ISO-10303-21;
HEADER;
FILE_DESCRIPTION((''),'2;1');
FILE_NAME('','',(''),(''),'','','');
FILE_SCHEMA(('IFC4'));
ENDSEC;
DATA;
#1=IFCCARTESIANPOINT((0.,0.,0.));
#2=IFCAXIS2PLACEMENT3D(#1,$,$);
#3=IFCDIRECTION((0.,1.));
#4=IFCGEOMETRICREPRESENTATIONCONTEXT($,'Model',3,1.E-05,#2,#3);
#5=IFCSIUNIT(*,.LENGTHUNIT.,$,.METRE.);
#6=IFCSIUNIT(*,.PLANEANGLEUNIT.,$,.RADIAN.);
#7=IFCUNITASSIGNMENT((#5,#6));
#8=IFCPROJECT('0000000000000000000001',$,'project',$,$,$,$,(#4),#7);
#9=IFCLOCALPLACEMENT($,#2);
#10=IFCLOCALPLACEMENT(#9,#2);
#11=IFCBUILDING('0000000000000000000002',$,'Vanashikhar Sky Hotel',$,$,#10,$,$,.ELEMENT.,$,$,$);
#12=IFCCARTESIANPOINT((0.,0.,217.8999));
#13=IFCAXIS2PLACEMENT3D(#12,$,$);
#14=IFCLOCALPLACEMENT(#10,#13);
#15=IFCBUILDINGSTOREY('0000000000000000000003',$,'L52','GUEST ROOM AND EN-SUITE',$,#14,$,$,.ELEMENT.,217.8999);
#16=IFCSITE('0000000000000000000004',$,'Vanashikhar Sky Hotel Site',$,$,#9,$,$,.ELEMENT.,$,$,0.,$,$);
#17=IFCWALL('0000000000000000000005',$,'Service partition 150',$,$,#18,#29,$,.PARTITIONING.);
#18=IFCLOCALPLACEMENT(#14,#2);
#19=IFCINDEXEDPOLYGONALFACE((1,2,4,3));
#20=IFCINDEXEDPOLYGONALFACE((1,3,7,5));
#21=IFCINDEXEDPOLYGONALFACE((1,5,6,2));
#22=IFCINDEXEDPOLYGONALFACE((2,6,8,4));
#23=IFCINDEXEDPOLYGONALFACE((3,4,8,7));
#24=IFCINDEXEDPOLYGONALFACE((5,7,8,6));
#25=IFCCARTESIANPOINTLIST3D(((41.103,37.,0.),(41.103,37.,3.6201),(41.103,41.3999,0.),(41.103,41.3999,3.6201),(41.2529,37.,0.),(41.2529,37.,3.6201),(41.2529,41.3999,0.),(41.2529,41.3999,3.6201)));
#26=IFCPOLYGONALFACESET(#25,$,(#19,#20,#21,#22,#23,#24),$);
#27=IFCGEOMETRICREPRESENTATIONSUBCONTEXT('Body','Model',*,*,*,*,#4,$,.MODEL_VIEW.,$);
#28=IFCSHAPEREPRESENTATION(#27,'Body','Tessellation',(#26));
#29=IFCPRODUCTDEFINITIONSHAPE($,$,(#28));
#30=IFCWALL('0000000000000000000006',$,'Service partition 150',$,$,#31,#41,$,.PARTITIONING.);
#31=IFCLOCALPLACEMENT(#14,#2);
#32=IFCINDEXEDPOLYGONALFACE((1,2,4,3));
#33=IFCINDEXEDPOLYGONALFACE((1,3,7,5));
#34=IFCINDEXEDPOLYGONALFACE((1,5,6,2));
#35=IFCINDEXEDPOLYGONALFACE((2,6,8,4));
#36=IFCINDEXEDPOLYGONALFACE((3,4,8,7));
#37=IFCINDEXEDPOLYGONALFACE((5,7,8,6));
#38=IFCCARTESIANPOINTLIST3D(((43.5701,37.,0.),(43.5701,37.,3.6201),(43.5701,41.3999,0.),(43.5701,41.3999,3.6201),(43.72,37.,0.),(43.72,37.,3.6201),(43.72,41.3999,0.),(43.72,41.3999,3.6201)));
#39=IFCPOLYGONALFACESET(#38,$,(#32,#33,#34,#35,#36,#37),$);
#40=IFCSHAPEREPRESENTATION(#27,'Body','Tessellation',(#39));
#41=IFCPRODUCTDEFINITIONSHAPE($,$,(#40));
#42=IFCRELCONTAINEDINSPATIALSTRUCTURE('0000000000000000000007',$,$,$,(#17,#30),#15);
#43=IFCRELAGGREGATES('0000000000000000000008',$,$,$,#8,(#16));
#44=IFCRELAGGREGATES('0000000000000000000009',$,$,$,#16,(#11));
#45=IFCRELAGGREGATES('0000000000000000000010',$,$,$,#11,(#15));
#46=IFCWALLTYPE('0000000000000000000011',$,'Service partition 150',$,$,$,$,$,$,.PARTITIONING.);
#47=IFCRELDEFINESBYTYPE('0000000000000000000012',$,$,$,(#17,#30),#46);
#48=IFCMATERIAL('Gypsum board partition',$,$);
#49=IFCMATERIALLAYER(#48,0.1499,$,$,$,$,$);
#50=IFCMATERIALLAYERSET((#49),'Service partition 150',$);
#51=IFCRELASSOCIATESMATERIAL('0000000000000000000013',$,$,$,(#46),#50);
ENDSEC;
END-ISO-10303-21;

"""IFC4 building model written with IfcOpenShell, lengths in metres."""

from ifc_helpers import new_model, si_unit, direction, frame, frame_2d, origin, place, context, subcontext, project, spatial, rectangle, extrude, source, transform, mapped, material, layer, layer_set, type_object, element, save


model = new_model("IFC4")

# Units and contexts
model_context = context("Model", 3, precision=1e-05, world=origin(), true_north=direction((0.0, 1.0)))
body_context = subcontext(model_context, "Body", "Model", "MODEL_VIEW")
ifc_project = project(units=[si_unit("LENGTHUNIT", "METRE"), si_unit("PLANEANGLEUNIT", "RADIAN")], contexts=[model_context])

# Site, building, storey
site_placement = place(None, origin())
site = spatial("IfcSite", under=ifc_project, at=site_placement, Name="Vanashikhar Sky Hotel Site", CompositionType="ELEMENT", RefElevation=0.0)
building_placement = place(site_placement, origin())
building = spatial("IfcBuilding", under=site, at=building_placement, Name="Vanashikhar Sky Hotel", CompositionType="ELEMENT")
storey_placement = place(building_placement, frame((0.0, 0.0, 217.8999)))
storey = spatial("IfcBuildingStorey", under=building, at=storey_placement, Name="L52", Description="GUEST ROOM AND EN-SUITE", CompositionType="ELEMENT", Elevation=217.8999)

# Shared definitions
ifc_material_1 = material(Name="Gypsum board partition")
ifc_layer_1 = layer(ifc_material_1, 0.1499)
ifc_layer_set_1 = layer_set([ifc_layer_1], Name="Service partition 150")
wall_type_1 = type_object("IfcWallType", Name="Service partition 150", PredefinedType="PARTITIONING", material=ifc_layer_set_1)

# Walls
shared_shape_1 = source(origin(), body_context, "Body", "SweptSolid", [
    extrude(rectangle(XDim=4.3999, YDim=0.1499, at=frame_2d((2.2, 0.0))), origin(), (0.0, 0.0, 1.0), 3.6201),
])
for number, where, z_axis, x_axis, name in (
    (1, (41.178, 37.0, 0.0), (0.0, 0.0, 1.0), (0.0, 1.0, 0.0), "Service partition 150"),
    (2, (43.645, 37.0, 0.0), (0.0, 0.0, 1.0), (0.0, 1.0, 0.0), "Service partition 150"),
):
    element("IfcWall", number, at=place(storey_placement, frame(where, z_axis=z_axis, x_axis=x_axis)), inside=storey, type_object=wall_type_1, Name=name, PredefinedType="PARTITIONING", context=body_context, shape_type="MappedRepresentation", body=[
        mapped(shared_shape_1, transform((0.0, 0.0, 0.0), scale=1.0)),
    ])

save(model, "model.ifc")
